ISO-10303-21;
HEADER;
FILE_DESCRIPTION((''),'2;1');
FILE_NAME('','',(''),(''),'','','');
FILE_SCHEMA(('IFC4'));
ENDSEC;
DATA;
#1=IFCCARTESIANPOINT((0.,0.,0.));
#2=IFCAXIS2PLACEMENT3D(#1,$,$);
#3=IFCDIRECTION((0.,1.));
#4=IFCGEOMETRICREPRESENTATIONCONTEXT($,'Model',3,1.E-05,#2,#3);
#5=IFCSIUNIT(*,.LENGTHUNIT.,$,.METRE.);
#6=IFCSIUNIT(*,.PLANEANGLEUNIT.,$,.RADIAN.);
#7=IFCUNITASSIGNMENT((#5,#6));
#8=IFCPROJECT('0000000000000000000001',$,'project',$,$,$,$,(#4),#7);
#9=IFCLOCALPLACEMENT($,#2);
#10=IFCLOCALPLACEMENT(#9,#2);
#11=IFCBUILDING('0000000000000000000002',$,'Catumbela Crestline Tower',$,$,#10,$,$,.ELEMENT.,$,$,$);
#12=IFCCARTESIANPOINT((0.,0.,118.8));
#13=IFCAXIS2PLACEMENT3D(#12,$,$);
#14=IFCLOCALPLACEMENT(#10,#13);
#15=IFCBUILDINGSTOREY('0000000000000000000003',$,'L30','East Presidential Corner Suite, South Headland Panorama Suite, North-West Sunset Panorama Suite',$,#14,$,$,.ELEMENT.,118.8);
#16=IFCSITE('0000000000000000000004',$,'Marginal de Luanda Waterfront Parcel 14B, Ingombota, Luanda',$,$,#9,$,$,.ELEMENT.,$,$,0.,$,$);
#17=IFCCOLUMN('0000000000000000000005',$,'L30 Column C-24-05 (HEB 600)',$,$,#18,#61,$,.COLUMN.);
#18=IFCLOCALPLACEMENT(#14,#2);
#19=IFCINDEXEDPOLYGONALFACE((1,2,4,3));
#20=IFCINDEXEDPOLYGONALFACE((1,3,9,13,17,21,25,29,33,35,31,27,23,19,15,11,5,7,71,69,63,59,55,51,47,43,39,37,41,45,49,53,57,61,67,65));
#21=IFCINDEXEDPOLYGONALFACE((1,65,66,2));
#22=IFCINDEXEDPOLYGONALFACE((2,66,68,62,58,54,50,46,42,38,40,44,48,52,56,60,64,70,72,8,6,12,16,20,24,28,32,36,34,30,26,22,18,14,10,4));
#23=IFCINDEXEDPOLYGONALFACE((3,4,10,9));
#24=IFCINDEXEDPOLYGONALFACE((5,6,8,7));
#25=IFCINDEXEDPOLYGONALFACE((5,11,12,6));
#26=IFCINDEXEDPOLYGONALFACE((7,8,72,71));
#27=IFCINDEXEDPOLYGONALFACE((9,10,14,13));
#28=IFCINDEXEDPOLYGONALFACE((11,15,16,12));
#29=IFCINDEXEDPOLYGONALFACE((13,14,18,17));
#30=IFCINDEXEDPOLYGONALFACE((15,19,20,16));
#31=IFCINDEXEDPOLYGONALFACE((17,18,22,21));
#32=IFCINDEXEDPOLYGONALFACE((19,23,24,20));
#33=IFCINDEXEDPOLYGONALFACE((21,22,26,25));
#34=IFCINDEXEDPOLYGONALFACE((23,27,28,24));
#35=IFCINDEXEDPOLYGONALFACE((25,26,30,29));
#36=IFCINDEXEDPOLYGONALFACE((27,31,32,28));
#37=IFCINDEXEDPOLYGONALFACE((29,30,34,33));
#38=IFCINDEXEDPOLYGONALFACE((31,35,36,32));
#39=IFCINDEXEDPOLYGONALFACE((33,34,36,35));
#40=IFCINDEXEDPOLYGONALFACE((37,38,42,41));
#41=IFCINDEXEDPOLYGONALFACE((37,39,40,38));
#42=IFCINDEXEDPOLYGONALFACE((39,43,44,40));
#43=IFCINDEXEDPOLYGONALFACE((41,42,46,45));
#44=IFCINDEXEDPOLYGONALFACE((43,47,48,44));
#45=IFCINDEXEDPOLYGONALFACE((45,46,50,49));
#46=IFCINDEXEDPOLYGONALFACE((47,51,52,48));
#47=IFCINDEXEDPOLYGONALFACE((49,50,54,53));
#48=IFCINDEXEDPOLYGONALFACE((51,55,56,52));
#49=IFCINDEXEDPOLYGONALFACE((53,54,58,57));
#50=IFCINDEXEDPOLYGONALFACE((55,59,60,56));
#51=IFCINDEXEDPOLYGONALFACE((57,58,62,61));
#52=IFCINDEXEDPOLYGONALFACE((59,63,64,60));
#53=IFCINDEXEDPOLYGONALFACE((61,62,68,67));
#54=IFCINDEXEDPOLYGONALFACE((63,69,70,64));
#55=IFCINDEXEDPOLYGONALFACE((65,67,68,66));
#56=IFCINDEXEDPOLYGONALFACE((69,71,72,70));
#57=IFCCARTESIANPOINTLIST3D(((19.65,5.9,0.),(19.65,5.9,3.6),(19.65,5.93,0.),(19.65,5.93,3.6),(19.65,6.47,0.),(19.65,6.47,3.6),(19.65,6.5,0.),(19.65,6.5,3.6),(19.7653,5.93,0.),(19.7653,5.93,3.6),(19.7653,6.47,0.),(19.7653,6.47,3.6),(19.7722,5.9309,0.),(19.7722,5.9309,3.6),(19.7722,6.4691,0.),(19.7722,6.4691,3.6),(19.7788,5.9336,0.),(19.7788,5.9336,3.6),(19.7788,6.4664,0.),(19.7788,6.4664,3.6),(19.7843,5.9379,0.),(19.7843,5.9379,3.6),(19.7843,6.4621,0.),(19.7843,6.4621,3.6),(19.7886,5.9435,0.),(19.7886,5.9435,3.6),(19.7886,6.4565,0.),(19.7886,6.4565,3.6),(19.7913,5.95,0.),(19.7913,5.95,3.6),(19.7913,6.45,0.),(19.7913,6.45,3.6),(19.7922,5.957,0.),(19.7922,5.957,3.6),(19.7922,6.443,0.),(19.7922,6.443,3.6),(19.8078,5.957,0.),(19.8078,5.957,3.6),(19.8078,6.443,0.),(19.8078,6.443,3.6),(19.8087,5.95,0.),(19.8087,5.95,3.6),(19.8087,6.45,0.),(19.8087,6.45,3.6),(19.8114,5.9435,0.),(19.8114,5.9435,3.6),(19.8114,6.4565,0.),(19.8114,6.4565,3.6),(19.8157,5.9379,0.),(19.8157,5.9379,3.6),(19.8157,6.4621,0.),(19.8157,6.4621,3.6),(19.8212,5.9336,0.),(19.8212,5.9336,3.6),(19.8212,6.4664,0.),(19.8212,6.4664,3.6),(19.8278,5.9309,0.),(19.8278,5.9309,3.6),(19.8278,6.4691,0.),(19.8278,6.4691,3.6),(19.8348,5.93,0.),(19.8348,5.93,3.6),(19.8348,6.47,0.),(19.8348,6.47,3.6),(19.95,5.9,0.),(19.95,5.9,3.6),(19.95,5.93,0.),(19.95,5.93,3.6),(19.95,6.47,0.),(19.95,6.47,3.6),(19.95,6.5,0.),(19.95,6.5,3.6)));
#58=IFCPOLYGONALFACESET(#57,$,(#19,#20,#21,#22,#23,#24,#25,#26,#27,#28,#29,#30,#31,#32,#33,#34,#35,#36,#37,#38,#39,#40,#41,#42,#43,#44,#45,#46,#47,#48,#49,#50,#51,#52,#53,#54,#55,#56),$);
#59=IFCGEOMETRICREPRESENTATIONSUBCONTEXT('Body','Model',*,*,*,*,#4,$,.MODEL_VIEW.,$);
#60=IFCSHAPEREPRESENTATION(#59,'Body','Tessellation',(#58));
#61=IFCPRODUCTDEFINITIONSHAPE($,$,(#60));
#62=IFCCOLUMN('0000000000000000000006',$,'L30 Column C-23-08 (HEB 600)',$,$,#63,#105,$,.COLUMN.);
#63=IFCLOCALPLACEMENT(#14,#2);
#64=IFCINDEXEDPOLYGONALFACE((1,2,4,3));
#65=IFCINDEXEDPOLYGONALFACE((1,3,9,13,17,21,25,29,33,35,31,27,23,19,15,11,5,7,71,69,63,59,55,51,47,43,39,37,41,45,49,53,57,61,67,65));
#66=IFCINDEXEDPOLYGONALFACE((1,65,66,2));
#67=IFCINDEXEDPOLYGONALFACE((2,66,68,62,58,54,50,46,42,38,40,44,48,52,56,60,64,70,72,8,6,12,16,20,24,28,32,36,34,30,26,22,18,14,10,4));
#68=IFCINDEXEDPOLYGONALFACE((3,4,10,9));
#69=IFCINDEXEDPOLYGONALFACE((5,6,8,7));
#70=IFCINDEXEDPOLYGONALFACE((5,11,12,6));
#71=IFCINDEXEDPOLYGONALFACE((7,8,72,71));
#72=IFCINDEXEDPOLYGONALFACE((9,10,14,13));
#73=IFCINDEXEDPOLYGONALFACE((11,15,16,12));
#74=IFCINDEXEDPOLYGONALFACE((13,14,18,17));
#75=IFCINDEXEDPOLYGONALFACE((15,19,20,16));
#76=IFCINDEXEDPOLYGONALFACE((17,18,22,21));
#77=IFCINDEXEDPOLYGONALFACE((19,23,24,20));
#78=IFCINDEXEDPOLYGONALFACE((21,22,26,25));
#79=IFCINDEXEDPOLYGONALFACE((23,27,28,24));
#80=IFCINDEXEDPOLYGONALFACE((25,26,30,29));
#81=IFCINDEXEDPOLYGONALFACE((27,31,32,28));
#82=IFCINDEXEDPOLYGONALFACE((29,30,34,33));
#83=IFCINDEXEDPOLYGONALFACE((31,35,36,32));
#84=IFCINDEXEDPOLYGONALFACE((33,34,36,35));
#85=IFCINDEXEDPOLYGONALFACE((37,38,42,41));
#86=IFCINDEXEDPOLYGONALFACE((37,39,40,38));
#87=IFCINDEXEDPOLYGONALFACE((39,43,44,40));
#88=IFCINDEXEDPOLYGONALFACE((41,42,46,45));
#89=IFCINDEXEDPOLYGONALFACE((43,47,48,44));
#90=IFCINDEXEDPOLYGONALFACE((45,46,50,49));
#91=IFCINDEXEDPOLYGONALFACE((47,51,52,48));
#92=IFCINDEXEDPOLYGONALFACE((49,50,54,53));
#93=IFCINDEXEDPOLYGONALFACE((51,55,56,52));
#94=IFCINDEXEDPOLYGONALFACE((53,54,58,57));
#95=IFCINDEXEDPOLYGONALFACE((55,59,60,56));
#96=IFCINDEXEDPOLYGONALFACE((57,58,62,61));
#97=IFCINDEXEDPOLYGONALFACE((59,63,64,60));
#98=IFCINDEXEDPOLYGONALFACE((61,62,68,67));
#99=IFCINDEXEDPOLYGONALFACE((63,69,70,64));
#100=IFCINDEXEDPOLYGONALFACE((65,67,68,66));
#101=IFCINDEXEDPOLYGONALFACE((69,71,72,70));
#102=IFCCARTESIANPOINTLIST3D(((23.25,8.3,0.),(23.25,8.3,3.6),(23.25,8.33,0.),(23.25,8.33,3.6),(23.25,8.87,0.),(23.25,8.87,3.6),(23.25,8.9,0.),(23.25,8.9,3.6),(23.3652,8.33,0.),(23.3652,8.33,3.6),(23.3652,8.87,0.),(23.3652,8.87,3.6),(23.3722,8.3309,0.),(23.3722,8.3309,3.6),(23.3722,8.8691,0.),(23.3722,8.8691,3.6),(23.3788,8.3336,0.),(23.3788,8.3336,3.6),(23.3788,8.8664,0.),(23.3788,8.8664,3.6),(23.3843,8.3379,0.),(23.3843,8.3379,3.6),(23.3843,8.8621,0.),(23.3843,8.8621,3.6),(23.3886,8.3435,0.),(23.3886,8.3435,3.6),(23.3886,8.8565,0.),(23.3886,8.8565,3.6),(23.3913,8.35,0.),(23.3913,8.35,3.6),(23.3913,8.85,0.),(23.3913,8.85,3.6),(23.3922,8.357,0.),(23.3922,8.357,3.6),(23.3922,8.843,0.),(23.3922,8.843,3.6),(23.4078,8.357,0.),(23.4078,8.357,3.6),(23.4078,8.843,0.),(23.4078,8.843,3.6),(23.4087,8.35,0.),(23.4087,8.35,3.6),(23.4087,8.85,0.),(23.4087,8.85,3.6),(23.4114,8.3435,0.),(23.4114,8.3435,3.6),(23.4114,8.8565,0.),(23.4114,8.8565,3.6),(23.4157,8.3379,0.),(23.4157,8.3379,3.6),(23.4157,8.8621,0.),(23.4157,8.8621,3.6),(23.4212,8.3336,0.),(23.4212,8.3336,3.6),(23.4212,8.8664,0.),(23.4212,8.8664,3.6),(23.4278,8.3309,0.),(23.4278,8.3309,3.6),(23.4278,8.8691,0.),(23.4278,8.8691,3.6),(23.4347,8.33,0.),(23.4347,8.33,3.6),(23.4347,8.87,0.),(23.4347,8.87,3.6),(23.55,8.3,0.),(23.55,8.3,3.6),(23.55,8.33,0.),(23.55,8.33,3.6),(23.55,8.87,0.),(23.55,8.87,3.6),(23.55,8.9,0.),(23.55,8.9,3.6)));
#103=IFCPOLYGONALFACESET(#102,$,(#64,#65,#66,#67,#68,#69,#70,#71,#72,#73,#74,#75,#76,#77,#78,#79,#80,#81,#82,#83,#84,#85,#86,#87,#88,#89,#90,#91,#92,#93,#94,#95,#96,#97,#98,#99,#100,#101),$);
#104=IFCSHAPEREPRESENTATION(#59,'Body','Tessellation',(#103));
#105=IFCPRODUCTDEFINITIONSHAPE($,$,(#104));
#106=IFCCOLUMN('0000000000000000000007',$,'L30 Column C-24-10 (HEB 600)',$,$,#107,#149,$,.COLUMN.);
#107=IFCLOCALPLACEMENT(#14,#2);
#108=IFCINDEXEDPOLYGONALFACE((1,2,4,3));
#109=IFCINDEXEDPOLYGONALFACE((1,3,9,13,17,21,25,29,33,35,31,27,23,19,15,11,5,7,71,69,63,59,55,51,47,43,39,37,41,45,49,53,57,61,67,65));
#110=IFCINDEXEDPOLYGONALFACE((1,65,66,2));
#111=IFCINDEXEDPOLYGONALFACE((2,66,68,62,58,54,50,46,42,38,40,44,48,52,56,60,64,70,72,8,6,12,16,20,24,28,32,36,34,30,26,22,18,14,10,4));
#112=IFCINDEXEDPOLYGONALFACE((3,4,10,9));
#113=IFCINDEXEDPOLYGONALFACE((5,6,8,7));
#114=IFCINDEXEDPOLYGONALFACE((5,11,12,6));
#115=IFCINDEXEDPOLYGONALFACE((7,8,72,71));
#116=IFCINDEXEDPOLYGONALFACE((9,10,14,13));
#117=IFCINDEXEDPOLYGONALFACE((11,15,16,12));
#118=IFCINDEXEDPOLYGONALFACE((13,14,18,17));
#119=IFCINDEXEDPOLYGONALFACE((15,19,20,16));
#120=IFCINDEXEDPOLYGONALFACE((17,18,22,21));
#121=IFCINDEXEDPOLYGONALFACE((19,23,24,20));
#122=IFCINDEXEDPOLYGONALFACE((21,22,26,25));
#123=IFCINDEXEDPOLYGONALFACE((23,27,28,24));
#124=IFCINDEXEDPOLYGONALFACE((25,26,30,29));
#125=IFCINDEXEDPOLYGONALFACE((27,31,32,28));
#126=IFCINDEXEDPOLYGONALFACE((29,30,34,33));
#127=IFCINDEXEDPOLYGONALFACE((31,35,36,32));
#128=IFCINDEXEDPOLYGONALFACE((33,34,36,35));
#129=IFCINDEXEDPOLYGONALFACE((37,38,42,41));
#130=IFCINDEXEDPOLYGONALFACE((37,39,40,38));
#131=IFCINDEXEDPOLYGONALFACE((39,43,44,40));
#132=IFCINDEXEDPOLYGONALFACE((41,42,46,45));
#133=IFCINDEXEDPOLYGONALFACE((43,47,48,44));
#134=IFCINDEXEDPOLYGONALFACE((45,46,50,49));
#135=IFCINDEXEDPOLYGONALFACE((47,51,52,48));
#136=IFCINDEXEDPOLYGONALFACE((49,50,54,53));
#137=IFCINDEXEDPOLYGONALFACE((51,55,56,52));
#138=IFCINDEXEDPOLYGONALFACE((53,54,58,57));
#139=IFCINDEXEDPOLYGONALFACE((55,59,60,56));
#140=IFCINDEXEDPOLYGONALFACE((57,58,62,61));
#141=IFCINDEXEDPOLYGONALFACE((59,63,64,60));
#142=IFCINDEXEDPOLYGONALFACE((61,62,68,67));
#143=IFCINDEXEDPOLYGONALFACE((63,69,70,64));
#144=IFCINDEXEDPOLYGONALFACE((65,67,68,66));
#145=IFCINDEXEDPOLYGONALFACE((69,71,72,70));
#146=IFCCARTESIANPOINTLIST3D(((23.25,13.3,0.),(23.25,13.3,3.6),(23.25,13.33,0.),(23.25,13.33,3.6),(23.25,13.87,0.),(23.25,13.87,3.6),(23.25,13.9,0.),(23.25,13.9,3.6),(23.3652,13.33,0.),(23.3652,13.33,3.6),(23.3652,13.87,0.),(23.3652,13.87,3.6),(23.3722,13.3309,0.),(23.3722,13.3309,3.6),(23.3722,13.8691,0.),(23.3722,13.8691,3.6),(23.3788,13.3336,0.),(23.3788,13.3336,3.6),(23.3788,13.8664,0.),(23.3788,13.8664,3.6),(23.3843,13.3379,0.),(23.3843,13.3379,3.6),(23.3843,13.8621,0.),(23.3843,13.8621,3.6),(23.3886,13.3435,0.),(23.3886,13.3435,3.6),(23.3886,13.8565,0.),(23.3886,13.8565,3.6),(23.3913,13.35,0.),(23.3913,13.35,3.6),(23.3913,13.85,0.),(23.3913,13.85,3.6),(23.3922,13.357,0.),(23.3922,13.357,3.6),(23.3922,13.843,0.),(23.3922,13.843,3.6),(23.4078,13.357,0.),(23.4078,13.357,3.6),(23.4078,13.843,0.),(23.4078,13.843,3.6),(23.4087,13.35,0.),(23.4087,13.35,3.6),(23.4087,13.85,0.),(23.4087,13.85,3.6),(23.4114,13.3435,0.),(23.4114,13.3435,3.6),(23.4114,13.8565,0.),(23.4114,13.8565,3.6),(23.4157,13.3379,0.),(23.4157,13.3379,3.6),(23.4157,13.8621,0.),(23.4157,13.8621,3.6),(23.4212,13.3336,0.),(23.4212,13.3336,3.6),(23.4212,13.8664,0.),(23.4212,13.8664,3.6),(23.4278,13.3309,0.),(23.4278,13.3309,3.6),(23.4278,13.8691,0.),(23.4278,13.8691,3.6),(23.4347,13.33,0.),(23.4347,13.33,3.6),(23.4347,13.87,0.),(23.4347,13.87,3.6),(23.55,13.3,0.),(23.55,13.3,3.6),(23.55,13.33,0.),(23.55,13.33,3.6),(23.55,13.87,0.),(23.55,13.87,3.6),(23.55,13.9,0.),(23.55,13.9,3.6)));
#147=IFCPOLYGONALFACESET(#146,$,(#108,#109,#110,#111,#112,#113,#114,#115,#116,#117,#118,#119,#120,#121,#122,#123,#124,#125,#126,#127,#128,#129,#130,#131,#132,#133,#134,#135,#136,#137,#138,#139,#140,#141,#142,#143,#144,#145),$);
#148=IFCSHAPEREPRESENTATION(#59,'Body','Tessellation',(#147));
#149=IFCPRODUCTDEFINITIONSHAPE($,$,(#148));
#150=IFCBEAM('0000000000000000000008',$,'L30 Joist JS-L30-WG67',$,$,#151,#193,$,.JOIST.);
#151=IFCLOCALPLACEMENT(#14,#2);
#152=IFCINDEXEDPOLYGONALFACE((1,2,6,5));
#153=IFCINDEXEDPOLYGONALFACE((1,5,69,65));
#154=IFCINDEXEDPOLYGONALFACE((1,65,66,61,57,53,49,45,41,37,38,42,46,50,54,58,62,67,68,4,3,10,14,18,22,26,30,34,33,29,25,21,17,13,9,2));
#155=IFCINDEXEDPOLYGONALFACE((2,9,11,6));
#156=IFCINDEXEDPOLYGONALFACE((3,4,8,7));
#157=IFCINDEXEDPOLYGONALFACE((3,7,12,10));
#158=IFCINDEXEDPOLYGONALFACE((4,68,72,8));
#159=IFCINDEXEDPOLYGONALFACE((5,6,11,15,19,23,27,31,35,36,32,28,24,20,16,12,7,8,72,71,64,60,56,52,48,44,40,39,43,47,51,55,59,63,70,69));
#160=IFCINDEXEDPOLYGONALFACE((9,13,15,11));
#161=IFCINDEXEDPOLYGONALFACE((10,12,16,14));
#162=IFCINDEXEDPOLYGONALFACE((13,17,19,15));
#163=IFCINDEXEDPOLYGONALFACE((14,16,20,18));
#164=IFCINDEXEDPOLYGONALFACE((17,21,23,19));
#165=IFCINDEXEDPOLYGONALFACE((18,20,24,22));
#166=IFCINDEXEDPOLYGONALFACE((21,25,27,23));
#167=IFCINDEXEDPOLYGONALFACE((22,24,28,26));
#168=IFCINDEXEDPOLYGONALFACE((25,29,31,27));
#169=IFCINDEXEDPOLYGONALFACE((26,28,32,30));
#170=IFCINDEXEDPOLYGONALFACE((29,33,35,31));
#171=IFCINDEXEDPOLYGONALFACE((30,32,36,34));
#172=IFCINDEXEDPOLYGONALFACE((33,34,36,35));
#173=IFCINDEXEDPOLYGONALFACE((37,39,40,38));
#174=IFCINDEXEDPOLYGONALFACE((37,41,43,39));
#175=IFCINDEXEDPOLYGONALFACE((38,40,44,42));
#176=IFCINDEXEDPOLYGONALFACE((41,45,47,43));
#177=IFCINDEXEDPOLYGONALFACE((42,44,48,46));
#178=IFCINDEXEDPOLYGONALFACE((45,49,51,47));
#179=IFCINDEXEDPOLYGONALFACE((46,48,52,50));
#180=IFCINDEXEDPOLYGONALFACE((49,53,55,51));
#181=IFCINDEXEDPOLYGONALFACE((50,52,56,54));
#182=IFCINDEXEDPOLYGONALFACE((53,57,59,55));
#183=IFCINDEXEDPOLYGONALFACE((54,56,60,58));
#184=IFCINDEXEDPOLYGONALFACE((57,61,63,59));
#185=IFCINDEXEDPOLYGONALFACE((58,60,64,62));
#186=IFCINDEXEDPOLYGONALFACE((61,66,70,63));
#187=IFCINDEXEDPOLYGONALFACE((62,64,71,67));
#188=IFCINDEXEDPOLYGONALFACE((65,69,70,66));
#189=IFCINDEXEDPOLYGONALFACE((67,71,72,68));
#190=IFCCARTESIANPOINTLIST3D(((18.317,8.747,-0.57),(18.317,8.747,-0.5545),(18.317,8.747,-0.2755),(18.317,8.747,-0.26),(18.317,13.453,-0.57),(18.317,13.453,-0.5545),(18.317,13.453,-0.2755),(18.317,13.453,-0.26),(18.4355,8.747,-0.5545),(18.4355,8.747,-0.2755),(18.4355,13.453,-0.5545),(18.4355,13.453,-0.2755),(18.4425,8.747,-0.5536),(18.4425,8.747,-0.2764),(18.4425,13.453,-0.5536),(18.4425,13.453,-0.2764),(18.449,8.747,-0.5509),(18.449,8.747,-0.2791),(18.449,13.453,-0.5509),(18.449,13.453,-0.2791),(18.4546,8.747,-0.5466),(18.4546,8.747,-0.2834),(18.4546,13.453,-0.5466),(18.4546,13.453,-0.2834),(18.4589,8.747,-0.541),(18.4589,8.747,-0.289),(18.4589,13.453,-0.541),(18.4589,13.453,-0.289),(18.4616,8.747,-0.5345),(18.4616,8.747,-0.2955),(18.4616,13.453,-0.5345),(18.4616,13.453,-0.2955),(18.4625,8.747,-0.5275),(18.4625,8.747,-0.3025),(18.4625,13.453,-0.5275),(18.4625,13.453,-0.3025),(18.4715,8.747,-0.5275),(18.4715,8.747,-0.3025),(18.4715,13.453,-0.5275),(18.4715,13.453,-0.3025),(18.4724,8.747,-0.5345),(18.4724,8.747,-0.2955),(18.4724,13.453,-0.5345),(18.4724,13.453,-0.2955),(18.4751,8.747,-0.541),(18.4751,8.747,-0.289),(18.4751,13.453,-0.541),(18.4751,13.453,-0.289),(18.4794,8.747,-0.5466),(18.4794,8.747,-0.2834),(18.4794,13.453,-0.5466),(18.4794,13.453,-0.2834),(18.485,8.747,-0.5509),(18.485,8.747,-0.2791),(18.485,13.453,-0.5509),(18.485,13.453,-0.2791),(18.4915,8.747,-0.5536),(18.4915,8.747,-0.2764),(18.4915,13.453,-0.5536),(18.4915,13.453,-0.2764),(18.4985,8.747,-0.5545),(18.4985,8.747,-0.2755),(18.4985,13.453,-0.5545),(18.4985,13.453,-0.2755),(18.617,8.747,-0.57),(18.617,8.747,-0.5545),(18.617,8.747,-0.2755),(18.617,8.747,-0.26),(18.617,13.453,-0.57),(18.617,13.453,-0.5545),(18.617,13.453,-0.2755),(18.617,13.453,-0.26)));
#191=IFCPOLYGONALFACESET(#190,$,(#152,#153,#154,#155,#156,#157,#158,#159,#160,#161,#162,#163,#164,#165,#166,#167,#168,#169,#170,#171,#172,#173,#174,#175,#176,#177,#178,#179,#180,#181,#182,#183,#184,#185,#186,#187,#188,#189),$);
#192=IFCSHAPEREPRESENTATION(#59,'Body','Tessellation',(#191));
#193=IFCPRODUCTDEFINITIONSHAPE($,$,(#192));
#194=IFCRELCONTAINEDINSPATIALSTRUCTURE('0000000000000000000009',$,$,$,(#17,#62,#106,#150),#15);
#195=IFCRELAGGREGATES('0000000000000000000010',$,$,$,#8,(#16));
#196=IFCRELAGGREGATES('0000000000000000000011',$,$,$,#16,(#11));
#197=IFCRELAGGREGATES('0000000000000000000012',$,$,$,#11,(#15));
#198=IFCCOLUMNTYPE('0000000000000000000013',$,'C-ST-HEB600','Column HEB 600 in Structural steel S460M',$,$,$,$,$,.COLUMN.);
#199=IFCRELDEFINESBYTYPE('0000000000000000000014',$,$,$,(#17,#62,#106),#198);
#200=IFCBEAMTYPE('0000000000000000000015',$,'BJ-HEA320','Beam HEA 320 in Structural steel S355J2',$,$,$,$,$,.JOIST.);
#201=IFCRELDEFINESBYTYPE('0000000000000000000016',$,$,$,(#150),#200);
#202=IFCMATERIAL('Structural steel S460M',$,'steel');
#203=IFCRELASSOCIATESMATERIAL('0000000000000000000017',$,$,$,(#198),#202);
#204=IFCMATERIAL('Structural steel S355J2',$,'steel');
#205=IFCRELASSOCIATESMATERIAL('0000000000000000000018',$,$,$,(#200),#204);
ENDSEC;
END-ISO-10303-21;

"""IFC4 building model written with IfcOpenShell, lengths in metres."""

from ifc_helpers import new_model, si_unit, direction, frame, origin, origin_2d, place, context, subcontext, project, spatial, i_section, extrude, material, material_profile, profile_set, type_object, element, save


model = new_model("IFC4")

# Units and contexts
model_context = context("Model", 3, precision=1e-05, world=origin(), true_north=direction((0.0, 1.0)))
body_context = subcontext(model_context, "Body", "Model", "MODEL_VIEW")
ifc_project = project(units=[si_unit("LENGTHUNIT", "METRE"), si_unit("PLANEANGLEUNIT", "RADIAN")], contexts=[model_context])

# Site, building, storey
site_placement = place(None, origin())
site = spatial("IfcSite", under=ifc_project, at=site_placement, Name="Marginal de Luanda Waterfront Parcel 14B, Ingombota, Luanda", CompositionType="ELEMENT", RefElevation=0.0)
building_placement = place(site_placement, origin())
building = spatial("IfcBuilding", under=site, at=building_placement, Name="Catumbela Crestline Tower", CompositionType="ELEMENT")
storey_placement = place(building_placement, frame((0.0, 0.0, 118.8)))
storey = spatial("IfcBuildingStorey", under=building, at=storey_placement, Name="L30", Description="East Presidential Corner Suite, South Headland Panorama Suite, North-West Sunset Panorama Suite", CompositionType="ELEMENT", Elevation=118.8)

# Columns
ifc_material_1 = material(Name="Structural steel S460M", Category="steel")
ifc_material_profile_1 = material_profile(ifc_material_1, i_section(OverallWidth=0.3, OverallDepth=0.6, WebThickness=0.0155, FlangeThickness=0.03, FilletRadius=0.027, at=origin_2d()), Name="HEB 600")
ifc_profile_set_1 = profile_set([ifc_material_profile_1], Name="Structural steel S460M")
column_type = type_object("IfcColumnType", Name="C-ST-HEB600", Description="Column HEB 600 in Structural steel S460M", PredefinedType="COLUMN", material=ifc_profile_set_1)
for number, where, z_axis, x_axis, name in (
    (1, (19.8, 6.2, 0.0), (0.0, 0.0, 1.0), (1.0, 0.0, 0.0), "L30 Column C-24-05 (HEB 600)"),
    (2, (23.4, 8.6, 0.0), (0.0, 0.0, 1.0), (1.0, 0.0, 0.0), "L30 Column C-23-08 (HEB 600)"),
    (3, (23.4, 13.6, 0.0), (0.0, 0.0, 1.0), (1.0, 0.0, 0.0), "L30 Column C-24-10 (HEB 600)"),
):
    element("IfcColumn", number, at=place(storey_placement, frame(where, z_axis=z_axis, x_axis=x_axis)), inside=storey, type_object=column_type, Name=name, PredefinedType="COLUMN", context=body_context, shape_type="SweptSolid", body=[
        extrude(i_section(OverallWidth=0.3, OverallDepth=0.6, WebThickness=0.0155, FlangeThickness=0.03, FilletRadius=0.027, at=origin_2d()), origin(), (0.0, 0.0, 1.0), 3.6),
    ])

# Beam
ifc_material_2 = material(Name="Structural steel S355J2", Category="steel")
ifc_material_profile_2 = material_profile(ifc_material_2, i_section(OverallWidth=0.3, OverallDepth=0.31, WebThickness=0.009, FlangeThickness=0.0155, FilletRadius=0.027, at=origin_2d()), Name="HEA 320")
ifc_profile_set_2 = profile_set([ifc_material_profile_2], Name="Structural steel S355J2")
beam_type_1 = type_object("IfcBeamType", Name="BJ-HEA320", Description="Beam HEA 320 in Structural steel S355J2", PredefinedType="JOIST", material=ifc_profile_set_2)
for number, where, z_axis, x_axis, name in (
    (4, (18.467, 8.747, -0.415), (0.0, 1.0, 0.0), (-1.0, 0.0, 0.0), "L30 Joist JS-L30-WG67"),
):
    element("IfcBeam", number, at=place(storey_placement, frame(where, z_axis=z_axis, x_axis=x_axis)), inside=storey, type_object=beam_type_1, Name=name, PredefinedType="JOIST", context=body_context, shape_type="SweptSolid", body=[
        extrude(i_section(OverallWidth=0.3, OverallDepth=0.31, WebThickness=0.009, FlangeThickness=0.0155, FilletRadius=0.027, at=origin_2d()), origin(), (0.0, 0.0, 1.0), 4.706),
    ])

save(model, "model.ifc")
